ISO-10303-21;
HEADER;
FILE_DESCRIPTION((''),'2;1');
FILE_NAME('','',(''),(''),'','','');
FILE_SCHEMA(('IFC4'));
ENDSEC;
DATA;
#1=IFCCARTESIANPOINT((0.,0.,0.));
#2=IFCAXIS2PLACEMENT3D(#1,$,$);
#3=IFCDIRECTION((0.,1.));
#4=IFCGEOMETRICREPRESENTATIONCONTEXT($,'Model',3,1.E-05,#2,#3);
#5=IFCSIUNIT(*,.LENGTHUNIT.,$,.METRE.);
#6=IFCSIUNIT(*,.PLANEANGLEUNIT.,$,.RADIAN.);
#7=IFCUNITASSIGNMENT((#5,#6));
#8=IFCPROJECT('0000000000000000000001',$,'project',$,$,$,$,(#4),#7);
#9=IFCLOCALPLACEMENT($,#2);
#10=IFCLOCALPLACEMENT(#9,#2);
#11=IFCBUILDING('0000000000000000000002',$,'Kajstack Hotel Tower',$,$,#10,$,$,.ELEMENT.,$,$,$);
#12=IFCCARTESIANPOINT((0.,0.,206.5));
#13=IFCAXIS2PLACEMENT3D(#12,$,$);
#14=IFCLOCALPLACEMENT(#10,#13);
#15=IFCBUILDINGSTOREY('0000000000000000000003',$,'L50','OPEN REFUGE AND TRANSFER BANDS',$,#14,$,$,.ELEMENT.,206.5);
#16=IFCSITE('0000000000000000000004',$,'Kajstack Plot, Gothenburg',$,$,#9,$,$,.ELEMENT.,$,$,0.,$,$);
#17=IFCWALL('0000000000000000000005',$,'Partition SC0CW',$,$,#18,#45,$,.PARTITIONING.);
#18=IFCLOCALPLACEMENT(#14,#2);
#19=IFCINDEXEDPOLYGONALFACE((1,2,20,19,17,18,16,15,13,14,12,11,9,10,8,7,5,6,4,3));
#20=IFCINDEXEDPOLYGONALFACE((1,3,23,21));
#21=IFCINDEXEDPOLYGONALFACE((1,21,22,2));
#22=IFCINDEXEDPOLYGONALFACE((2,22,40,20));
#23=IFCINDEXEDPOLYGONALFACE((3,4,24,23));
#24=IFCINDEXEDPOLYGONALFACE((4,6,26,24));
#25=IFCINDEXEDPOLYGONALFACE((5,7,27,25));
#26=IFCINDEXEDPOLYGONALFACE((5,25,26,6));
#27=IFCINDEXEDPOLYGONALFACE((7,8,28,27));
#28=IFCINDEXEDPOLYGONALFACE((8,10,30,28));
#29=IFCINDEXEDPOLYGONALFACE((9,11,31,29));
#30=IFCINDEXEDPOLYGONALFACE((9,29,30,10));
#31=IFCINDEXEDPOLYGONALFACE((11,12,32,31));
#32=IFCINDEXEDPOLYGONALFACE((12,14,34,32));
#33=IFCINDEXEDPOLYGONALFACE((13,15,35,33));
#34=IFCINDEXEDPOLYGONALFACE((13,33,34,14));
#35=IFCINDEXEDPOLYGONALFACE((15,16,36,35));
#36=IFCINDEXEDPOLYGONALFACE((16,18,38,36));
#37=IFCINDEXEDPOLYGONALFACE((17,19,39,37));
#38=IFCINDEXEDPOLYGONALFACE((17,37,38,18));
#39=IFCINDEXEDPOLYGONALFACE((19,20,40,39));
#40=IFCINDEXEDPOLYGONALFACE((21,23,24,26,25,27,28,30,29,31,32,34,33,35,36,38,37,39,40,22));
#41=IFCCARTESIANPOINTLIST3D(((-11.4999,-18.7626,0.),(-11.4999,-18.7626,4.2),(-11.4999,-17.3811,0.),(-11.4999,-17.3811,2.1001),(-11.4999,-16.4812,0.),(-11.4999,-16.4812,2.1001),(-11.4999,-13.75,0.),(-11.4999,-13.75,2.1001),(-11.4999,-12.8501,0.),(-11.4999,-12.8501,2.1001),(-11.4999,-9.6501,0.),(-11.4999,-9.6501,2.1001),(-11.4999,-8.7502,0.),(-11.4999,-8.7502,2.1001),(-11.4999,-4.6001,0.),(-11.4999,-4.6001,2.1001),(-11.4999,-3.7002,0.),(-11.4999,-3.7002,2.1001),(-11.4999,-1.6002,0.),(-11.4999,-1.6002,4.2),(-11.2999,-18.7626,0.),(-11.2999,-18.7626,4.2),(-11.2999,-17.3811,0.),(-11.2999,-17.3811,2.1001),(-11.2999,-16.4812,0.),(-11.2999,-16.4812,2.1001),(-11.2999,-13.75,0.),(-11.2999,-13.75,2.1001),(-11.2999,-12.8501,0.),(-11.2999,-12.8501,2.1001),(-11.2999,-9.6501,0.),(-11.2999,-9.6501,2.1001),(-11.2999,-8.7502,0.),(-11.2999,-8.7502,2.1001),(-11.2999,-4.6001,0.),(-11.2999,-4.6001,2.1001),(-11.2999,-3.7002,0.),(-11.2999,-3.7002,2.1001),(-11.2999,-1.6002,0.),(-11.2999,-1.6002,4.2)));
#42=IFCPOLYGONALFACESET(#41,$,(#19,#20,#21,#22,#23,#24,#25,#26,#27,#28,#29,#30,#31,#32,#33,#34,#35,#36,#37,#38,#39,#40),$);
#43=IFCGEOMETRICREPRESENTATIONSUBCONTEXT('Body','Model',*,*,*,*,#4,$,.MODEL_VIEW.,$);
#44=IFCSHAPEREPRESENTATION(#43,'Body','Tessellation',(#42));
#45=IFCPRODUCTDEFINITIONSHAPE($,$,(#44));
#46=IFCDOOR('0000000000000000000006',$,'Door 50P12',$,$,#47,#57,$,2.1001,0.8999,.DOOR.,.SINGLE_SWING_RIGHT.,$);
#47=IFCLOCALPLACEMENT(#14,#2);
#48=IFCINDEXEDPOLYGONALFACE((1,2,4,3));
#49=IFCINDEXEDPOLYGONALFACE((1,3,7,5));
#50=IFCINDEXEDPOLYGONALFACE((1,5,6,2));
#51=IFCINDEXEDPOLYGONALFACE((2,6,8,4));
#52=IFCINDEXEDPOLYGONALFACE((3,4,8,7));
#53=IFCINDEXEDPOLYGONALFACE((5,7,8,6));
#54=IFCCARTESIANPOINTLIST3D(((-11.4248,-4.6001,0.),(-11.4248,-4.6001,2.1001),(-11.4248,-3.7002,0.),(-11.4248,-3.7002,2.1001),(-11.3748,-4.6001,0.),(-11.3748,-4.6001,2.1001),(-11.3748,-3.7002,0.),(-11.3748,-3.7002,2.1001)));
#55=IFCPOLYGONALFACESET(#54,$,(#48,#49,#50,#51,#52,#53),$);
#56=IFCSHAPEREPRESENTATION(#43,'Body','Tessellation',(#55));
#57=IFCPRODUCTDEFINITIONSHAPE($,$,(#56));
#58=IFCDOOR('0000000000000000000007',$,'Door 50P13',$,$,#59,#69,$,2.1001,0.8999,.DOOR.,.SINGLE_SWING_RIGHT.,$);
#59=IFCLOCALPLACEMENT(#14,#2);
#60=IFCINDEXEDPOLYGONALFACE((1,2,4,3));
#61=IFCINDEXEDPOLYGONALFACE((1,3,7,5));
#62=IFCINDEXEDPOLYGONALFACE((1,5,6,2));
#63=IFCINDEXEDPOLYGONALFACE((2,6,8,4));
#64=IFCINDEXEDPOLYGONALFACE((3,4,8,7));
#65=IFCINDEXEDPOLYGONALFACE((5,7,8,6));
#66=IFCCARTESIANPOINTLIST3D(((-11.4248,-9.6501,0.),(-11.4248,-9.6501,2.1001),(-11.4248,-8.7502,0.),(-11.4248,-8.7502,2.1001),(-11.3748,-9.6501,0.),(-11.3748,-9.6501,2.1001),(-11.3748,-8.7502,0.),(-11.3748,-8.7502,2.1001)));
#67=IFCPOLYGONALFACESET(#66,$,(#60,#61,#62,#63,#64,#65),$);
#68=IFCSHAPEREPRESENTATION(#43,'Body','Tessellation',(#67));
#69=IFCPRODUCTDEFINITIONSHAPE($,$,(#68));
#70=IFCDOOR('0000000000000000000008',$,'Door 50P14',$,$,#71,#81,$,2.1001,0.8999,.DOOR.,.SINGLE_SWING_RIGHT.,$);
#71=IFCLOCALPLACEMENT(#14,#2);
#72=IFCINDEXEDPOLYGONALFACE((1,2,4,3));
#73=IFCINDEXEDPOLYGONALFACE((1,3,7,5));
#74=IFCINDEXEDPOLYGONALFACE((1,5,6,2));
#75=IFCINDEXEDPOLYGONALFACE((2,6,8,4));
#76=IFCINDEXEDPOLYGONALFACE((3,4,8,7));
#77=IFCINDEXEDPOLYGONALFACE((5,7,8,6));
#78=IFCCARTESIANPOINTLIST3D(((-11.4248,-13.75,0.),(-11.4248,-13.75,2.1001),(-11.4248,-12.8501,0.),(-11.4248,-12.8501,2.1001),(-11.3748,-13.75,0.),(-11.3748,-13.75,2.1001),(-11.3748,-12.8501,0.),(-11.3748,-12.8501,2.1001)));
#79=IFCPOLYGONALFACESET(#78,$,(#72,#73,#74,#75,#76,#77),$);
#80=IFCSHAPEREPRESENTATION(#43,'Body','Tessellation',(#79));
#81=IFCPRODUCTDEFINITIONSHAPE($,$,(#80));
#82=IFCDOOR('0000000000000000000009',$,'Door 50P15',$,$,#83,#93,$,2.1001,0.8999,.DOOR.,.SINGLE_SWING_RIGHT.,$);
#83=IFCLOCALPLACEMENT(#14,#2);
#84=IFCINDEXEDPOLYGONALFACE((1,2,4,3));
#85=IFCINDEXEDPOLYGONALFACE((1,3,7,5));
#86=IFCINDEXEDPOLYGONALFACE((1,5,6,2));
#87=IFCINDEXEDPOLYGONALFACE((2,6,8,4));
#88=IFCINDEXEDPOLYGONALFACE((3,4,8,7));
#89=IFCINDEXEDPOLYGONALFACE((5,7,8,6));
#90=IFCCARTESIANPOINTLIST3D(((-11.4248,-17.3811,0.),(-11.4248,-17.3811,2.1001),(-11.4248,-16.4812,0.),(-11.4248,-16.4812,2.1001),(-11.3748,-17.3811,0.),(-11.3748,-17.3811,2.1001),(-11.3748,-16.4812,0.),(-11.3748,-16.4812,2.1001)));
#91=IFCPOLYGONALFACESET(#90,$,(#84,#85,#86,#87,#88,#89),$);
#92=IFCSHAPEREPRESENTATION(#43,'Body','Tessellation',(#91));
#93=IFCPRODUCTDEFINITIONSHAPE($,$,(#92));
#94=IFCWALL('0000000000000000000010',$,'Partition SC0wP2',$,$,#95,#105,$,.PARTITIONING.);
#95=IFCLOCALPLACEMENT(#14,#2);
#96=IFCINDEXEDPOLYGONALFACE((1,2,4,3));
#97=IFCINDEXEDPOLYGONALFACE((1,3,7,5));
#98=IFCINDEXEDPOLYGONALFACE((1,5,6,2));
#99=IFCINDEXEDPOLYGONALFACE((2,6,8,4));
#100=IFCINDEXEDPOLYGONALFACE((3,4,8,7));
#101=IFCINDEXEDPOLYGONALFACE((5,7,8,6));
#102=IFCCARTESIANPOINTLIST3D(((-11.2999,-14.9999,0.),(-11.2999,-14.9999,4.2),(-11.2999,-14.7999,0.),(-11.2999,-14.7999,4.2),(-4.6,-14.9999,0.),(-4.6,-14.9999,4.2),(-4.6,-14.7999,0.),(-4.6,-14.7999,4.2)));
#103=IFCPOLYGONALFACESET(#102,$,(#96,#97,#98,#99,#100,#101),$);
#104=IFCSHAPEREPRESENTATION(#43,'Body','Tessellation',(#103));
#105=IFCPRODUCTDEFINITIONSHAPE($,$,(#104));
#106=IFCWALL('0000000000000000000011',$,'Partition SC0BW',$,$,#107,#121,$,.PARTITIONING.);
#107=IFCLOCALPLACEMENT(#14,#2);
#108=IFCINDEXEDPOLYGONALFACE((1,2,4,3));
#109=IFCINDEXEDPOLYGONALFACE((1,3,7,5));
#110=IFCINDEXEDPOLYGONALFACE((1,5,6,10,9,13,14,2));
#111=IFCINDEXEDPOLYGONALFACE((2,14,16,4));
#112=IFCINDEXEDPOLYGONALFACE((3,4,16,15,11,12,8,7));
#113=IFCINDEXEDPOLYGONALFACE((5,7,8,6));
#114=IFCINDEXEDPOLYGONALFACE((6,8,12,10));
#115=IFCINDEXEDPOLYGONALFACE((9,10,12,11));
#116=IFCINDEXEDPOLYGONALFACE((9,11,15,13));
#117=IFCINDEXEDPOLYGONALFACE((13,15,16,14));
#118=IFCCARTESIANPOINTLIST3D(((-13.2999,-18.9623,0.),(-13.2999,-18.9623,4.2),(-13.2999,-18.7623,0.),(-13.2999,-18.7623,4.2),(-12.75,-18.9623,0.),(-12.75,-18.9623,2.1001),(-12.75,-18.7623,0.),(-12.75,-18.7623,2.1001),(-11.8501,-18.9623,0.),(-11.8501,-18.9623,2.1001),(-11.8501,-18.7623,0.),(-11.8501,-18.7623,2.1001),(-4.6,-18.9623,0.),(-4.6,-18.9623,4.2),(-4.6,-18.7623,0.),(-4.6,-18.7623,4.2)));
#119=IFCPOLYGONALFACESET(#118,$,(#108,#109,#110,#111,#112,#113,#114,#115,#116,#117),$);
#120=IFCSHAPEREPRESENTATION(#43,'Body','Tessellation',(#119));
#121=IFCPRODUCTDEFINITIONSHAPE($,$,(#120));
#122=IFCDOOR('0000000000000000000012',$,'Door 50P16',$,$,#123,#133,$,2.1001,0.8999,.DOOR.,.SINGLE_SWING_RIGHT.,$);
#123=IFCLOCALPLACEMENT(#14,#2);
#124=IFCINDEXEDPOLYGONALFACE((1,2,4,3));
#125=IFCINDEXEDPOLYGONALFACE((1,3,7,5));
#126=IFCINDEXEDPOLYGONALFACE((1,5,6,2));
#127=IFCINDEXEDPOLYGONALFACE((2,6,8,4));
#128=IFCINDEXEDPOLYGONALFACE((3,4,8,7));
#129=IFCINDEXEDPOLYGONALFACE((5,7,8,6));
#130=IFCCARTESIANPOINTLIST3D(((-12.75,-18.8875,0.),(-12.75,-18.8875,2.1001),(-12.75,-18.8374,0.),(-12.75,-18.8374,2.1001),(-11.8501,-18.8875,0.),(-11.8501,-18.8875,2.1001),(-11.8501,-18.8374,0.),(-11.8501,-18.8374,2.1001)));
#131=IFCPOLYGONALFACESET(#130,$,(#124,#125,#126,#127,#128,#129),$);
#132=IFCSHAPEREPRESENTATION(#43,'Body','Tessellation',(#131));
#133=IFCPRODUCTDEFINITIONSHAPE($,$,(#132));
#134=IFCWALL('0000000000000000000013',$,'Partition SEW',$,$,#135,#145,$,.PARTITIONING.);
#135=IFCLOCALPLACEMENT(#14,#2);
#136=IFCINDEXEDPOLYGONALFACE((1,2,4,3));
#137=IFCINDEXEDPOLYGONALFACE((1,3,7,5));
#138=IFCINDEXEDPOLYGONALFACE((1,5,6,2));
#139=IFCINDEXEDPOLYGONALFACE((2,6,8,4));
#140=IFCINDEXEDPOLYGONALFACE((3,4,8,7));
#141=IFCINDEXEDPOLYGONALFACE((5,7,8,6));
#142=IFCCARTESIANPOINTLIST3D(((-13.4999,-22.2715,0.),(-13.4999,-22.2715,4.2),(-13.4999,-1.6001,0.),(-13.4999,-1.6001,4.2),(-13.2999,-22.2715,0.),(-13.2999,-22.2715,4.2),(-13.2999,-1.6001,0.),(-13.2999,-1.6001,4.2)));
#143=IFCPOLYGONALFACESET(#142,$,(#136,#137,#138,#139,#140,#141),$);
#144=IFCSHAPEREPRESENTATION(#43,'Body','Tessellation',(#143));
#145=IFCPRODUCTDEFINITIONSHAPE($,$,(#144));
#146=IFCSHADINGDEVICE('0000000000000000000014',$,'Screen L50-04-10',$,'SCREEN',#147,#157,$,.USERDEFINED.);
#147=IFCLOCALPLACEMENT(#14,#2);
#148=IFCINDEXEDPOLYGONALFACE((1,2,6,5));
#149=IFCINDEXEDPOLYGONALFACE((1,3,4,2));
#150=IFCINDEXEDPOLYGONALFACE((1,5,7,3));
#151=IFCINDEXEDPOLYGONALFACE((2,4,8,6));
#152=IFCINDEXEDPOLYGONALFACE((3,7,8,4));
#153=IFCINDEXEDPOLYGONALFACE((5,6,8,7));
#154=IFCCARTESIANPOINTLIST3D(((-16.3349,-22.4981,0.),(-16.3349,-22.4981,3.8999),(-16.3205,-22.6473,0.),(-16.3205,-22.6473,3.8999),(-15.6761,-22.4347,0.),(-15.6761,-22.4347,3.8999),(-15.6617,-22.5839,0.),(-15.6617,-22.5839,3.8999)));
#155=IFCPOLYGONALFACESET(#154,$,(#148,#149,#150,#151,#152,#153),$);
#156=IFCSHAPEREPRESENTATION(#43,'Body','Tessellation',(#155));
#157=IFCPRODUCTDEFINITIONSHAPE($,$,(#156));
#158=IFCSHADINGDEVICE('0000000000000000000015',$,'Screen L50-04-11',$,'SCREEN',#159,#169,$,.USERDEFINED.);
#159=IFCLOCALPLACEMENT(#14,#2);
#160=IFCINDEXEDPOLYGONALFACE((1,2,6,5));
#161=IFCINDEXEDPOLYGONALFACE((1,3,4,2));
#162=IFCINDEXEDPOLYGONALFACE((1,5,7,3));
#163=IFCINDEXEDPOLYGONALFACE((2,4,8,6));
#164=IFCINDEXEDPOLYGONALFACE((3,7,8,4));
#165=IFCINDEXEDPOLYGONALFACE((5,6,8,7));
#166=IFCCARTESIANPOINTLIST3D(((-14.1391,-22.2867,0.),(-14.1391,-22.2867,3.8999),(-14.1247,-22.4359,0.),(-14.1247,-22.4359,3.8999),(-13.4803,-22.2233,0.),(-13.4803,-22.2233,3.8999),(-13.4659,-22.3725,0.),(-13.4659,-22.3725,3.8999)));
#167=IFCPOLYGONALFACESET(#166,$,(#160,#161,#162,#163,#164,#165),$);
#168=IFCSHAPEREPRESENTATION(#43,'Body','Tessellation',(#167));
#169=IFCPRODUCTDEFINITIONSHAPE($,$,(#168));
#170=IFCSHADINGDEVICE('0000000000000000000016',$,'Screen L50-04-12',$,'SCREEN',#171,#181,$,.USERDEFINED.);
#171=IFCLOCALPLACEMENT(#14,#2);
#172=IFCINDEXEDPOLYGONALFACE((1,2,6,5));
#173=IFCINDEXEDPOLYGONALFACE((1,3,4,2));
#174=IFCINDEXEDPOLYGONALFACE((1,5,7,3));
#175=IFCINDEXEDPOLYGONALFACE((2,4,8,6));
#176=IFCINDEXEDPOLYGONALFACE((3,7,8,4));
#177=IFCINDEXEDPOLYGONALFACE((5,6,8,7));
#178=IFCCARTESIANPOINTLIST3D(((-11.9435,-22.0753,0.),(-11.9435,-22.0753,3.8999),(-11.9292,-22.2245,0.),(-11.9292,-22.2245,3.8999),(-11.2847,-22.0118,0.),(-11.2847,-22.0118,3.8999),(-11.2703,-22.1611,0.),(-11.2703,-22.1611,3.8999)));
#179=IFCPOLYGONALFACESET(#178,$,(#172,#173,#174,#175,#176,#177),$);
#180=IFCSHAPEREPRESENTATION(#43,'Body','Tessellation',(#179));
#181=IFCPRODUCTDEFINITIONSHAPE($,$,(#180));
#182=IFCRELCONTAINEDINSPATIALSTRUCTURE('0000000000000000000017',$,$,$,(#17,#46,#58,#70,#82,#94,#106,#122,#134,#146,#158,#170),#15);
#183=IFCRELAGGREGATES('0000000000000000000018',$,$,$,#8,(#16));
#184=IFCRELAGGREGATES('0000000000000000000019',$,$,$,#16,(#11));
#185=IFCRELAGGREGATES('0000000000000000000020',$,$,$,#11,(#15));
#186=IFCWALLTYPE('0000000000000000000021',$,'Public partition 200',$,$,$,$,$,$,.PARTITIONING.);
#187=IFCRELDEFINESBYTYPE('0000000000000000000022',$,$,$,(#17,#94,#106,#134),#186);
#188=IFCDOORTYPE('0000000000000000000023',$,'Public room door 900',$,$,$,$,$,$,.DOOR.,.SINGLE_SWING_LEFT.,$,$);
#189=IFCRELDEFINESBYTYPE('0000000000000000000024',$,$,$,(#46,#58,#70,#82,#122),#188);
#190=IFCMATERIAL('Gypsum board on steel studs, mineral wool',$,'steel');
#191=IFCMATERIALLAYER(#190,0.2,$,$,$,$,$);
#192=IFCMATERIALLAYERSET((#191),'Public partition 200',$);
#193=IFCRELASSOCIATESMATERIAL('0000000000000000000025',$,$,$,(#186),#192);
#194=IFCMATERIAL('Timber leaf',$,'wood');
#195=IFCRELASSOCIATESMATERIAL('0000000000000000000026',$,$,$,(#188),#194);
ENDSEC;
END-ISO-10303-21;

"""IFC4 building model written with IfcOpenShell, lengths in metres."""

from ifc_helpers import new_model, si_unit, direction, frame, frame_2d, origin, origin_2d, place, context, subcontext, project, spatial, rectangle, extrude, material, layer, layer_set, type_object, element, fill, save


model = new_model("IFC4")

# Units and contexts
model_context = context("Model", 3, precision=1e-05, world=origin(), true_north=direction((0.0, 1.0)))
body_context = subcontext(model_context, "Body", "Model", "MODEL_VIEW")
ifc_project = project(units=[si_unit("LENGTHUNIT", "METRE"), si_unit("PLANEANGLEUNIT", "RADIAN")], contexts=[model_context])

# Site, building, storey
site_placement = place(None, origin())
site = spatial("IfcSite", under=ifc_project, at=site_placement, Name="Kajstack Plot, Gothenburg", CompositionType="ELEMENT", RefElevation=0.0)
building_placement = place(site_placement, origin())
building = spatial("IfcBuilding", under=site, at=building_placement, Name="Kajstack Hotel Tower", CompositionType="ELEMENT")
storey_placement = place(building_placement, frame((0.0, 0.0, 206.5)))
storey = spatial("IfcBuildingStorey", under=building, at=storey_placement, Name="L50", Description="OPEN REFUGE AND TRANSFER BANDS", CompositionType="ELEMENT", Elevation=206.5)

# Wall, openings, doors
ifc_material_1 = material(Name="Gypsum board on steel studs, mineral wool", Category="steel")
ifc_layer_1 = layer(ifc_material_1, 0.2)
ifc_layer_set_1 = layer_set([ifc_layer_1], Name="Public partition 200")
wall_type_1 = type_object("IfcWallType", Name="Public partition 200", PredefinedType="PARTITIONING", material=ifc_layer_set_1)
wall_1_placement = place(storey_placement, frame((-11.3999, -18.7625, 0.0), z_axis=(0.0, 0.0, 1.0), x_axis=(0.0, 1.0, 0.0)))
wall_1 = element("IfcWall", 1, at=wall_1_placement, inside=storey, type_object=wall_type_1, Name="Partition SC0CW", PredefinedType="PARTITIONING", context=body_context, shape_type="SweptSolid", body=[
    extrude(rectangle(XDim=17.1624, YDim=0.2, at=frame_2d((8.5811, 0.0))), origin(), (0.0, 0.0, 1.0), 4.2),
])
opening_1_placement = place(wall_1_placement, frame((14.1624, 0.0, 0.0)))
opening_1 = element("IfcOpeningElement", 2, at=opening_1_placement, cuts=wall_1, PredefinedType="OPENING", context=body_context, shape_type="SweptSolid", body=[
    extrude(rectangle(XDim=0.8999, YDim=2.1001, at=frame_2d((0.45, 1.05))), frame((0.0, 0.1099, 0.0), z_axis=(0.0, -1.0, 0.0), x_axis=(1.0, 0.0, 0.0)), (0.0, 0.0, 1.0), 0.22),
])
opening_2_placement = place(wall_1_placement, frame((9.1123, 0.0, 0.0)))
opening_2 = element("IfcOpeningElement", 3, at=opening_2_placement, cuts=wall_1, PredefinedType="OPENING", context=body_context, shape_type="SweptSolid", body=[
    extrude(rectangle(XDim=0.8999, YDim=2.1001, at=frame_2d((0.45, 1.05))), frame((0.0, 0.1099, 0.0), z_axis=(0.0, -1.0, 0.0), x_axis=(1.0, 0.0, 0.0)), (0.0, 0.0, 1.0), 0.22),
])
opening_3_placement = place(wall_1_placement, frame((5.0125, 0.0, 0.0)))
opening_3 = element("IfcOpeningElement", 4, at=opening_3_placement, cuts=wall_1, PredefinedType="OPENING", context=body_context, shape_type="SweptSolid", body=[
    extrude(rectangle(XDim=0.8999, YDim=2.1001, at=frame_2d((0.45, 1.05))), frame((0.0, 0.1099, 0.0), z_axis=(0.0, -1.0, 0.0), x_axis=(1.0, 0.0, 0.0)), (0.0, 0.0, 1.0), 0.22),
])
opening_4_placement = place(wall_1_placement, frame((1.3813, 0.0, 0.0)))
opening_4 = element("IfcOpeningElement", 5, at=opening_4_placement, cuts=wall_1, PredefinedType="OPENING", context=body_context, shape_type="SweptSolid", body=[
    extrude(rectangle(XDim=0.8999, YDim=2.1001, at=frame_2d((0.45, 1.05))), frame((0.0, 0.1099, 0.0), z_axis=(0.0, -1.0, 0.0), x_axis=(1.0, 0.0, 0.0)), (0.0, 0.0, 1.0), 0.22),
])
ifc_material_2 = material(Name="Timber leaf", Category="wood")
door_type = type_object("IfcDoorType", Name="Public room door 900", OperationType="SINGLE_SWING_LEFT", PredefinedType="DOOR", material=ifc_material_2)
door_1_placement = place(opening_1_placement, origin())
door_1 = element("IfcDoor", 6, at=door_1_placement, inside=storey, type_object=door_type, Name="Door 50P12", OperationType="SINGLE_SWING_RIGHT", OverallHeight=2.1001, OverallWidth=0.8999, PredefinedType="DOOR", context=body_context, shape_type="SweptSolid", body=[
    extrude(rectangle(XDim=0.8999, YDim=2.1001, at=frame_2d((0.45, 1.05))), frame((0.0, 0.0249, 0.0), z_axis=(0.0, -1.0, 0.0), x_axis=(1.0, 0.0, 0.0)), (0.0, 0.0, 1.0), 0.05),
])
fill(opening_1, door_1)
door_2_placement = place(opening_2_placement, origin())
door_2 = element("IfcDoor", 7, at=door_2_placement, inside=storey, type_object=door_type, Name="Door 50P13", OperationType="SINGLE_SWING_RIGHT", OverallHeight=2.1001, OverallWidth=0.8999, PredefinedType="DOOR", context=body_context, shape_type="SweptSolid", body=[
    extrude(rectangle(XDim=0.8999, YDim=2.1001, at=frame_2d((0.45, 1.05))), frame((0.0, 0.0249, 0.0), z_axis=(0.0, -1.0, 0.0), x_axis=(1.0, 0.0, 0.0)), (0.0, 0.0, 1.0), 0.05),
])
fill(opening_2, door_2)
door_3_placement = place(opening_3_placement, origin())
door_3 = element("IfcDoor", 8, at=door_3_placement, inside=storey, type_object=door_type, Name="Door 50P14", OperationType="SINGLE_SWING_RIGHT", OverallHeight=2.1001, OverallWidth=0.8999, PredefinedType="DOOR", context=body_context, shape_type="SweptSolid", body=[
    extrude(rectangle(XDim=0.8999, YDim=2.1001, at=frame_2d((0.45, 1.05))), frame((0.0, 0.0249, 0.0), z_axis=(0.0, -1.0, 0.0), x_axis=(1.0, 0.0, 0.0)), (0.0, 0.0, 1.0), 0.05),
])
fill(opening_3, door_3)
door_4_placement = place(opening_4_placement, origin())
door_4 = element("IfcDoor", 9, at=door_4_placement, inside=storey, type_object=door_type, Name="Door 50P15", OperationType="SINGLE_SWING_RIGHT", OverallHeight=2.1001, OverallWidth=0.8999, PredefinedType="DOOR", context=body_context, shape_type="SweptSolid", body=[
    extrude(rectangle(XDim=0.8999, YDim=2.1001, at=frame_2d((0.45, 1.05))), frame((0.0, 0.0249, 0.0), z_axis=(0.0, -1.0, 0.0), x_axis=(1.0, 0.0, 0.0)), (0.0, 0.0, 1.0), 0.05),
])
fill(opening_4, door_4)

# Wall
wall_2_placement = place(storey_placement, frame((-11.3, -14.8999, 0.0), z_axis=(0.0, 0.0, 1.0), x_axis=(1.0, 0.0, 0.0)))
element("IfcWall", 10, at=wall_2_placement, inside=storey, type_object=wall_type_1, Name="Partition SC0wP2", PredefinedType="PARTITIONING", context=body_context, shape_type="SweptSolid", body=[
    extrude(rectangle(XDim=6.7, YDim=0.2, at=frame_2d((3.3501, 0.0))), origin(), (0.0, 0.0, 1.0), 4.2),
])

# Wall, opening, door
wall_3_placement = place(storey_placement, frame((-13.3, -18.8623, 0.0), z_axis=(0.0, 0.0, 1.0), x_axis=(1.0, 0.0, 0.0)))
wall_3 = element("IfcWall", 11, at=wall_3_placement, inside=storey, type_object=wall_type_1, Name="Partition SC0BW", PredefinedType="PARTITIONING", context=body_context, shape_type="SweptSolid", body=[
    extrude(rectangle(XDim=8.7, YDim=0.2, at=frame_2d((4.3501, 0.0))), origin(), (0.0, 0.0, 1.0), 4.2),
])
opening_5_placement = place(wall_3_placement, frame((0.55, 0.0, 0.0)))
opening_5 = element("IfcOpeningElement", 12, at=opening_5_placement, cuts=wall_3, PredefinedType="OPENING", context=body_context, shape_type="SweptSolid", body=[
    extrude(rectangle(XDim=0.8999, YDim=2.1001, at=frame_2d((0.45, 1.05))), frame((0.0, 0.1099, 0.0), z_axis=(0.0, -1.0, 0.0), x_axis=(1.0, 0.0, 0.0)), (0.0, 0.0, 1.0), 0.22),
])
door_5_placement = place(opening_5_placement, origin())
door_5 = element("IfcDoor", 13, at=door_5_placement, inside=storey, type_object=door_type, Name="Door 50P16", OperationType="SINGLE_SWING_RIGHT", OverallHeight=2.1001, OverallWidth=0.8999, PredefinedType="DOOR", context=body_context, shape_type="SweptSolid", body=[
    extrude(rectangle(XDim=0.8999, YDim=2.1001, at=frame_2d((0.45, 1.05))), frame((0.0, 0.0249, 0.0), z_axis=(0.0, -1.0, 0.0), x_axis=(1.0, 0.0, 0.0)), (0.0, 0.0, 1.0), 0.05),
])
fill(opening_5, door_5)

# Wall
wall_4_placement = place(storey_placement, frame((-13.3999, -22.2715, 0.0), z_axis=(0.0, 0.0, 1.0), x_axis=(0.0, 1.0, 0.0)))
element("IfcWall", 14, at=wall_4_placement, inside=storey, type_object=wall_type_1, Name="Partition SEW", PredefinedType="PARTITIONING", context=body_context, shape_type="SweptSolid", body=[
    extrude(rectangle(XDim=20.6714, YDim=0.2, at=frame_2d((10.3357, 0.0))), origin(), (0.0, 0.0, 1.0), 4.2),
])

# Shading devices
for number, where, z_axis, x_axis, name in (
    (15, (-15.9983, -22.541, 0.0), (0.0, 0.0, 1.0), (0.995396, 0.095845, 0.0), "Screen L50-04-10"),
    (16, (-13.8025, -22.3296, 0.0), (0.0, 0.0, 1.0), (0.995396, 0.095845, 0.0), "Screen L50-04-11"),
    (17, (-11.6069, -22.1182, 0.0), (0.0, 0.0, 1.0), (0.995396, 0.095845, 0.0), "Screen L50-04-12"),
):
    element("IfcShadingDevice", number, at=place(storey_placement, frame(where, z_axis=z_axis, x_axis=x_axis)), inside=storey, Name=name, ObjectType="SCREEN", PredefinedType="USERDEFINED", context=body_context, shape_type="SweptSolid", body=[
        extrude(rectangle(XDim=0.6619, YDim=0.1499, at=origin_2d()), origin(), (0.0, 0.0, 1.0), 3.8999),
    ])

save(model, "model.ifc")
